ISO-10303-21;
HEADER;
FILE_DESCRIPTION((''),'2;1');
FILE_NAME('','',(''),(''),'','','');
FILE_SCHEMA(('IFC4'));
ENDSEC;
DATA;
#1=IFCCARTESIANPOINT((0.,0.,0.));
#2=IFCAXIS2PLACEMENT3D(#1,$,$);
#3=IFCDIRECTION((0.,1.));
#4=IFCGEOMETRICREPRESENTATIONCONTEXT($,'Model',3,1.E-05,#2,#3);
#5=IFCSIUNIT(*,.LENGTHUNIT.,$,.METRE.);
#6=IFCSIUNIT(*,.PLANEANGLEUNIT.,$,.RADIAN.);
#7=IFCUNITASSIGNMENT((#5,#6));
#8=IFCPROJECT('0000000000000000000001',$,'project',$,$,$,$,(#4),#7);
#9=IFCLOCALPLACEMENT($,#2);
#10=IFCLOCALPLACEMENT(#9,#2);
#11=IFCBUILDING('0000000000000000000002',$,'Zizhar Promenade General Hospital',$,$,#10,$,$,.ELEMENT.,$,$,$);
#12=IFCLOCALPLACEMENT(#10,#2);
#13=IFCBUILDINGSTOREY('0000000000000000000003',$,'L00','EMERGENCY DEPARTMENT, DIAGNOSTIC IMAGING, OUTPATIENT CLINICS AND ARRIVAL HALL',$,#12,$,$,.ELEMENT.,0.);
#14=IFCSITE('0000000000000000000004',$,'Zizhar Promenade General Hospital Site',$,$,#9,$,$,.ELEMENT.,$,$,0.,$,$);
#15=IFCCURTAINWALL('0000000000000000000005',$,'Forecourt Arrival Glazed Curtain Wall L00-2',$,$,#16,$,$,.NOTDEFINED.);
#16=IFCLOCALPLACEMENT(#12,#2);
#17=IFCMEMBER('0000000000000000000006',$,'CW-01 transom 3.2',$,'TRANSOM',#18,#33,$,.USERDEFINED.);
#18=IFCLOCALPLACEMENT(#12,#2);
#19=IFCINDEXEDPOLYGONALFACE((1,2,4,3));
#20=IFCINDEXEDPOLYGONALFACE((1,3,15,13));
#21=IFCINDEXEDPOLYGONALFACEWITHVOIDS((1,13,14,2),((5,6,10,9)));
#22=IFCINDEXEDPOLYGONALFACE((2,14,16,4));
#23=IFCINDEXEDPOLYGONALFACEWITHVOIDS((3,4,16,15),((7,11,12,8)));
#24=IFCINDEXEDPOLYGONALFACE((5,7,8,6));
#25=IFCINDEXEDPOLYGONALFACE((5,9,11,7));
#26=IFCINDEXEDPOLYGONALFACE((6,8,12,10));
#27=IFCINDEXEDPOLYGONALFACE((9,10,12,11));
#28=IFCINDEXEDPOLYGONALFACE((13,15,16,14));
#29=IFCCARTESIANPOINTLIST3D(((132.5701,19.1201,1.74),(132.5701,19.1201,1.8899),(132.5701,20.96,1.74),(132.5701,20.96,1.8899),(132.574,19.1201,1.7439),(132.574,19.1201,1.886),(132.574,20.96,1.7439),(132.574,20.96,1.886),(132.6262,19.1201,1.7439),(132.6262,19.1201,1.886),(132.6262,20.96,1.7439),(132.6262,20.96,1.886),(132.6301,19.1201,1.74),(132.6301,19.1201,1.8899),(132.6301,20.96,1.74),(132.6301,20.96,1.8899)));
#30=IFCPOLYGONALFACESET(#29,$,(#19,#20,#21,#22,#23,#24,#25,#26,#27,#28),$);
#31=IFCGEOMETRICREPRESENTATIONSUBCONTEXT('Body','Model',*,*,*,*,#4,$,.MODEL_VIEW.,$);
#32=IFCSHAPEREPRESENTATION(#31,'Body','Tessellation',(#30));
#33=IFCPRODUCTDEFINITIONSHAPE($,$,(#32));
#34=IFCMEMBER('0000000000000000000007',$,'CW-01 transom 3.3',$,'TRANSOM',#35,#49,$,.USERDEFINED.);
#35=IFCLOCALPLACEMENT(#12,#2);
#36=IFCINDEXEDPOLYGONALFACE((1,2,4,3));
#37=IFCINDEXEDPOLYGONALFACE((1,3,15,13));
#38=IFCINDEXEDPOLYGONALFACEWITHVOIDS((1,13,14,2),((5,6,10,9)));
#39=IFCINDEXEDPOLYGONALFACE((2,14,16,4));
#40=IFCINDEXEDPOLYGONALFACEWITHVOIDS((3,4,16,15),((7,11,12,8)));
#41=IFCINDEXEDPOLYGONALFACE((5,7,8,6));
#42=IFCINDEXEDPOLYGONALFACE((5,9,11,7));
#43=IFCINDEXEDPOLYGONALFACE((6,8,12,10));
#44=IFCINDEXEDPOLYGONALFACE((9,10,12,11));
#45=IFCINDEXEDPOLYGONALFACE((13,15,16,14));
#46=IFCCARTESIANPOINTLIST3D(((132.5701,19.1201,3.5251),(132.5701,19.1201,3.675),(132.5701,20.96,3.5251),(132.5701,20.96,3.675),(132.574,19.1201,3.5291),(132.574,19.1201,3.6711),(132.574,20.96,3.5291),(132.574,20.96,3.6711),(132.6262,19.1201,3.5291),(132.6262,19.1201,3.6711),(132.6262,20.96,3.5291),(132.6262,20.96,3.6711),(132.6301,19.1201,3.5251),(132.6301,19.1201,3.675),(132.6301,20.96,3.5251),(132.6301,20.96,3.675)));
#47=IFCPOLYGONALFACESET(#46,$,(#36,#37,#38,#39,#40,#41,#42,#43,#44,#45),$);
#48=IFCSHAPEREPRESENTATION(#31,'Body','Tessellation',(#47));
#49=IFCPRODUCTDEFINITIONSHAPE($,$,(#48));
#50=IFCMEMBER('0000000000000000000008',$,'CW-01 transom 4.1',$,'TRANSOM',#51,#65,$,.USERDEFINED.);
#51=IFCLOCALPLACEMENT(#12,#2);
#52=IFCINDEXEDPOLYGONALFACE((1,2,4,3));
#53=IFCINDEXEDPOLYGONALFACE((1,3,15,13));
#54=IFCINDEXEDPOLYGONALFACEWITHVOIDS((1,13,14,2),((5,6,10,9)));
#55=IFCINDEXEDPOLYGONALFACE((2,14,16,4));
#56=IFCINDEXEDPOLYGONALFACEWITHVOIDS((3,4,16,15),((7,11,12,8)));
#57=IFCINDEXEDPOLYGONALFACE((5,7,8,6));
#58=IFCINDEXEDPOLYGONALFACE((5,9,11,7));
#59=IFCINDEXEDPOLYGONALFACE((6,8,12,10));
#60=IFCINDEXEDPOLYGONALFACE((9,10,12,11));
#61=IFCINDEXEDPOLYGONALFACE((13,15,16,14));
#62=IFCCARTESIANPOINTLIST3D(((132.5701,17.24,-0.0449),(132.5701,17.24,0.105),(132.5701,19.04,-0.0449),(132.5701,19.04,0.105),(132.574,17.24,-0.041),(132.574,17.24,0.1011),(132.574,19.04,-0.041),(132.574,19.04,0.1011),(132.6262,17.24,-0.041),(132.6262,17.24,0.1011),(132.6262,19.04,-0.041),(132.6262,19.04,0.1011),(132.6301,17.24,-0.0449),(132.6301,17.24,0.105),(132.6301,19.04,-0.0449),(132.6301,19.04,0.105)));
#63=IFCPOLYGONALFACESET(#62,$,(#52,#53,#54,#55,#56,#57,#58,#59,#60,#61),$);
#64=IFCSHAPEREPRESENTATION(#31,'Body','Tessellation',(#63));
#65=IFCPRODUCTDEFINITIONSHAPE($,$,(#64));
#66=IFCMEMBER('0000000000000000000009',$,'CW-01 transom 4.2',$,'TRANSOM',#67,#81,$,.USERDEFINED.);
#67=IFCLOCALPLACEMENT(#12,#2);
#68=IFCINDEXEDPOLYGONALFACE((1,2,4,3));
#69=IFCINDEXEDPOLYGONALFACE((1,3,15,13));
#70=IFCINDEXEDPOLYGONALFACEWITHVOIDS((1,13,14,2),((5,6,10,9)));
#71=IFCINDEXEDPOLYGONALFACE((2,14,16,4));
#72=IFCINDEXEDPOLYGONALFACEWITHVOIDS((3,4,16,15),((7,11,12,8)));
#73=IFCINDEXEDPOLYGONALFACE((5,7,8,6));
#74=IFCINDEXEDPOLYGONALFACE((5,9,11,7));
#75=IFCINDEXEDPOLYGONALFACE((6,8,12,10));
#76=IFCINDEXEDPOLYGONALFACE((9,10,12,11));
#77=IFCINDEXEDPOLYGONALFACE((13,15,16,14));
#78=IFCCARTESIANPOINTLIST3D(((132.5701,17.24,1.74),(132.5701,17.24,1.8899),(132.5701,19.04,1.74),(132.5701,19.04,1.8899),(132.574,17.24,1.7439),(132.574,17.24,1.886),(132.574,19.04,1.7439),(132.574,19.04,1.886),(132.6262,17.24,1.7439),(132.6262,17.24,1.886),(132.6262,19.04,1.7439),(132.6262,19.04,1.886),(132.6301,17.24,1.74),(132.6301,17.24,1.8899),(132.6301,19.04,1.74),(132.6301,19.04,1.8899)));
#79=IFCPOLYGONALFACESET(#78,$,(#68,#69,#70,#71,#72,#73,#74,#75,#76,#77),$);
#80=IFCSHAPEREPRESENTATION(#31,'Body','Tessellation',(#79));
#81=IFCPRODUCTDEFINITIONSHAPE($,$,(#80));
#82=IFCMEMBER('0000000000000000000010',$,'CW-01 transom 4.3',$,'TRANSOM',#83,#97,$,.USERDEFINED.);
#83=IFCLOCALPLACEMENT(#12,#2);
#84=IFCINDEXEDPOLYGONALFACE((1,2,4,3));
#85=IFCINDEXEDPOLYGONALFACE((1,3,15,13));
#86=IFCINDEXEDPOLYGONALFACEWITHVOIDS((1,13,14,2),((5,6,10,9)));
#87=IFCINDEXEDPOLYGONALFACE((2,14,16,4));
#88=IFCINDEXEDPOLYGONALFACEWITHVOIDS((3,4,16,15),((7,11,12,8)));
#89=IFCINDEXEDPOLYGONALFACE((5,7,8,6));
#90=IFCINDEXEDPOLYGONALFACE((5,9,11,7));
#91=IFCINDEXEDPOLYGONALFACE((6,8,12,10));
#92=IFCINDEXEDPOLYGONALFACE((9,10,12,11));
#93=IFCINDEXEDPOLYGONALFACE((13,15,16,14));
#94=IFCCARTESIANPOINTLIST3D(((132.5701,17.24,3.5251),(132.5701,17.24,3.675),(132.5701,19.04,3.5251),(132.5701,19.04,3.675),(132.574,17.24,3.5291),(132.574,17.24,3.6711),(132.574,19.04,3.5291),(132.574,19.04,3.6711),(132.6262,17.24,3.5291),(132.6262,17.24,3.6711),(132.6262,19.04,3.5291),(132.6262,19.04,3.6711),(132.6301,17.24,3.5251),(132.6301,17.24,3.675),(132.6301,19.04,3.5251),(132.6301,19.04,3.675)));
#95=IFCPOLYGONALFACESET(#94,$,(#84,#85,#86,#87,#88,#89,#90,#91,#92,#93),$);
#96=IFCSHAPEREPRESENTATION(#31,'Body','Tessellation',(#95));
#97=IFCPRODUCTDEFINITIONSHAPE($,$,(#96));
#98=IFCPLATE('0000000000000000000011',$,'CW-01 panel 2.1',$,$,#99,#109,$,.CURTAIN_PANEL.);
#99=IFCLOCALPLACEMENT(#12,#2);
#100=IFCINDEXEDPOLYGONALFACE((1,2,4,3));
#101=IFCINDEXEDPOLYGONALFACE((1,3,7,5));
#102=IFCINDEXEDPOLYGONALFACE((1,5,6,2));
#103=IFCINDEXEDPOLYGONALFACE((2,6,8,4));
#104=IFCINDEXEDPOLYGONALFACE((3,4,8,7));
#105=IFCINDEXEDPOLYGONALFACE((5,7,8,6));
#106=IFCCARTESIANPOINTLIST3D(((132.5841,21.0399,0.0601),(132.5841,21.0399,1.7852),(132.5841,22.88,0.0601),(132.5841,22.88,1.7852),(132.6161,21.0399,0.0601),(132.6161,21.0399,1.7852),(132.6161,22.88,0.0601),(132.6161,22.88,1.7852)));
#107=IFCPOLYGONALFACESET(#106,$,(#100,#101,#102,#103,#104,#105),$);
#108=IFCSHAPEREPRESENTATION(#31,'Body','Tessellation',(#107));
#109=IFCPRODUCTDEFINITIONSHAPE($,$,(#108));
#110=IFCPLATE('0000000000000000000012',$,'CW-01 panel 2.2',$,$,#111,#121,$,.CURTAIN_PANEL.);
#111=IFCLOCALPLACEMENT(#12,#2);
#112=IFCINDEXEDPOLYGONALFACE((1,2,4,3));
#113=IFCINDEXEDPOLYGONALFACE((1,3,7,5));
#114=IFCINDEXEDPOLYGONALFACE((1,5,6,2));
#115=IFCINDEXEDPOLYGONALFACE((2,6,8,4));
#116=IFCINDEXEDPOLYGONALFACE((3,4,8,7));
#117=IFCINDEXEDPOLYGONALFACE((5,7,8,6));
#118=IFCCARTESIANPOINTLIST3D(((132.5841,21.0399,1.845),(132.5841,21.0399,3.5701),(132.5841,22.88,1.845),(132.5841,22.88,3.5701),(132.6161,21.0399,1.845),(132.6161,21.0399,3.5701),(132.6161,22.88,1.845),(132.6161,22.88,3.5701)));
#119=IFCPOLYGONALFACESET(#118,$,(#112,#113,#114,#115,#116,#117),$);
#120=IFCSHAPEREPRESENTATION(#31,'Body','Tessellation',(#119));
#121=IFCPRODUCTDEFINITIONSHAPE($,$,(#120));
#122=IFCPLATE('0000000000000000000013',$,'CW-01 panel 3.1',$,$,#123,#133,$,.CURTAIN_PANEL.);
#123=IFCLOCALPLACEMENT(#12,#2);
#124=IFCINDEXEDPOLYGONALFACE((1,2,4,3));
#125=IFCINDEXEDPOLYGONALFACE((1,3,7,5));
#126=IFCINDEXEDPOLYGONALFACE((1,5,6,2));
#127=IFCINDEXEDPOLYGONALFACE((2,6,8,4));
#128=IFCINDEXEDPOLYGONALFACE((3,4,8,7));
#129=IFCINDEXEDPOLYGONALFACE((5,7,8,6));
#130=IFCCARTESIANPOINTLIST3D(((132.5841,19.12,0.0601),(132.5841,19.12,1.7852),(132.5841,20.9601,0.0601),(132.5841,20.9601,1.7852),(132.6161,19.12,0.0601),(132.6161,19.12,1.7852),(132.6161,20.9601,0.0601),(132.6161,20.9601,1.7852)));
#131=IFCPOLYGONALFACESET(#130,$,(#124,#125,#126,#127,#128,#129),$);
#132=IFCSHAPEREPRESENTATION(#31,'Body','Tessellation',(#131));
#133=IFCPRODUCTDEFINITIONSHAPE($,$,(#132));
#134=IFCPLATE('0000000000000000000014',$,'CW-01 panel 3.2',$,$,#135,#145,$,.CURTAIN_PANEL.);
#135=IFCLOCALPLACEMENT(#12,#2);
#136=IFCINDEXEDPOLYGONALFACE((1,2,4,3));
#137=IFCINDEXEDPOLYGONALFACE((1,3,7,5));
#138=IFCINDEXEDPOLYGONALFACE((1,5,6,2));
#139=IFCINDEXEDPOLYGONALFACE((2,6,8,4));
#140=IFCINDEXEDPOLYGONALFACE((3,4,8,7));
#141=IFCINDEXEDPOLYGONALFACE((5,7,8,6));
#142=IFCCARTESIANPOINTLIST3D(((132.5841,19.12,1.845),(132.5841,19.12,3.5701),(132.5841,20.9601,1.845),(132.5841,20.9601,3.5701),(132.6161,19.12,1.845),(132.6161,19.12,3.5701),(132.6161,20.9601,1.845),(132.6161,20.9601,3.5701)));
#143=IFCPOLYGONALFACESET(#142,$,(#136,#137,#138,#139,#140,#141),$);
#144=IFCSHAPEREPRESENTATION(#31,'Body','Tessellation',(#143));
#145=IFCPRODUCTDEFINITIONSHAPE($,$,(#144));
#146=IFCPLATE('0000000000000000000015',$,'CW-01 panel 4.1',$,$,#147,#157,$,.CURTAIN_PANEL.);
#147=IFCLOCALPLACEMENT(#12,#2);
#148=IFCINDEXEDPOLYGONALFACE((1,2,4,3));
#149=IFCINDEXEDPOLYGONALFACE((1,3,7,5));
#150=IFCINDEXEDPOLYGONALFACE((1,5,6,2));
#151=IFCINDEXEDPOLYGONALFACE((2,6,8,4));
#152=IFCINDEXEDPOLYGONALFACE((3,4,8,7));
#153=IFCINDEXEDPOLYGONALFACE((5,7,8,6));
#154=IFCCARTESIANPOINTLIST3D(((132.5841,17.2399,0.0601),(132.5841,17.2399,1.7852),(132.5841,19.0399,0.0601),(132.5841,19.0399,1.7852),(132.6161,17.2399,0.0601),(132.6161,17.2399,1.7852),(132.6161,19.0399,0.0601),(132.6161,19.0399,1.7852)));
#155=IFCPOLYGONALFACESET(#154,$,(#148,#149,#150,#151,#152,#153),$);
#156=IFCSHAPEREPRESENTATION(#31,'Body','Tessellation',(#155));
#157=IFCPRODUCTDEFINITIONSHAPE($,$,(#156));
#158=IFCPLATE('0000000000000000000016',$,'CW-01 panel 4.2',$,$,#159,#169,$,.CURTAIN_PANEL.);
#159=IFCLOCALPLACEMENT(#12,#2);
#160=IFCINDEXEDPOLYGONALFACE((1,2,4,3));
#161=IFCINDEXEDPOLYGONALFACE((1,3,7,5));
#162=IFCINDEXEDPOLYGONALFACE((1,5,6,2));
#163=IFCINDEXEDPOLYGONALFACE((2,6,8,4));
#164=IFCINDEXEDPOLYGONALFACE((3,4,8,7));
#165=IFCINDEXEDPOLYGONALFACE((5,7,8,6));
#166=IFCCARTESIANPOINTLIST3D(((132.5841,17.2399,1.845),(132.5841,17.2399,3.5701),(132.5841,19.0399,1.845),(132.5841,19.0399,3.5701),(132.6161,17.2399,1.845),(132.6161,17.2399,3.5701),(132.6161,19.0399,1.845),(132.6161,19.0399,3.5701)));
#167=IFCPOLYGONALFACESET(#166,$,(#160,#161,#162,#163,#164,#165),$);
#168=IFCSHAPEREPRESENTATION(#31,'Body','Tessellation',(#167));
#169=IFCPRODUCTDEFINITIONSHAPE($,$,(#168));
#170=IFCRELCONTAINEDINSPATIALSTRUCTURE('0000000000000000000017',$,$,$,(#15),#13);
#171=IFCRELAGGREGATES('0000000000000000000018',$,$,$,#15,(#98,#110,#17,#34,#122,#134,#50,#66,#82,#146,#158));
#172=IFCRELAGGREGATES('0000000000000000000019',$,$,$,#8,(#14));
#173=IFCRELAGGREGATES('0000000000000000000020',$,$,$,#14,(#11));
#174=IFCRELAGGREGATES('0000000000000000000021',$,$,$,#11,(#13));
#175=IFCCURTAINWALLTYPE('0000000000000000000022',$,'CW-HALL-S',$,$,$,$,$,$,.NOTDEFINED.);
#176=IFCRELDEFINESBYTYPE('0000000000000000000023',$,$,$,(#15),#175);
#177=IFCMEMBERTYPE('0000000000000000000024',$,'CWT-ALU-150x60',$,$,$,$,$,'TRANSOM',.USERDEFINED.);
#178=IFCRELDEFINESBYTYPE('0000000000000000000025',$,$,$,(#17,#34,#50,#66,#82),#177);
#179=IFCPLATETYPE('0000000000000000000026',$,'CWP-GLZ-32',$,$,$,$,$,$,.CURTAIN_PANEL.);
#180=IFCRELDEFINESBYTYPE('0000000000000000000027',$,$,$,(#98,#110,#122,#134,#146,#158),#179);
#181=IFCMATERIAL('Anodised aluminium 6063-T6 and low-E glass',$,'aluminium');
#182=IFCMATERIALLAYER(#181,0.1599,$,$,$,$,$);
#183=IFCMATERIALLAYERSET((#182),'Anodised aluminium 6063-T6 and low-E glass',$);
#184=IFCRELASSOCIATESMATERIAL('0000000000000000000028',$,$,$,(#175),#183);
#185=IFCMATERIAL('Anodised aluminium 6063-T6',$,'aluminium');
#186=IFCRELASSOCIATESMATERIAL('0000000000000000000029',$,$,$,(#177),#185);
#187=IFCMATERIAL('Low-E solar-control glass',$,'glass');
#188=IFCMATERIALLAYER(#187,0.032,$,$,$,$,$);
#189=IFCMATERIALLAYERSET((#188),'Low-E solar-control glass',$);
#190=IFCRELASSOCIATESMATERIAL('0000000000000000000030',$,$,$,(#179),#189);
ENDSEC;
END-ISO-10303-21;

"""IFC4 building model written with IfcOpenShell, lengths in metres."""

from ifc_helpers import new_model, si_unit, direction, frame, origin, origin_2d, place, context, subcontext, project, spatial, rectangle, hollow_rectangle, extrude, material, layer, layer_set, material_profile, profile_set, type_object, element, aggregate, save


model = new_model("IFC4")

# Units and contexts
model_context = context("Model", 3, precision=1e-05, world=origin(), true_north=direction((0.0, 1.0)))
body_context = subcontext(model_context, "Body", "Model", "MODEL_VIEW")
ifc_project = project(units=[si_unit("LENGTHUNIT", "METRE"), si_unit("PLANEANGLEUNIT", "RADIAN")], contexts=[model_context])

# Site, building, storey
site_placement = place(None, origin())
site = spatial("IfcSite", under=ifc_project, at=site_placement, Name="Zizhar Promenade General Hospital Site", CompositionType="ELEMENT", RefElevation=0.0)
building_placement = place(site_placement, origin())
building = spatial("IfcBuilding", under=site, at=building_placement, Name="Zizhar Promenade General Hospital", CompositionType="ELEMENT")
storey_placement = place(building_placement, origin())
storey = spatial("IfcBuildingStorey", under=building, at=storey_placement, Name="L00", Description="EMERGENCY DEPARTMENT, DIAGNOSTIC IMAGING, OUTPATIENT CLINICS AND ARRIVAL HALL", CompositionType="ELEMENT", Elevation=0.0)

# Curtain wall, members, plates
ifc_material_1 = material(Name="Anodised aluminium 6063-T6 and low-E glass", Category="aluminium")
ifc_layer_1 = layer(ifc_material_1, 0.1599)
ifc_layer_set_1 = layer_set([ifc_layer_1], Name="Anodised aluminium 6063-T6 and low-E glass")
curtain_wall_type = type_object("IfcCurtainWallType", Name="CW-HALL-S", PredefinedType="NOTDEFINED", material=ifc_layer_set_1)
curtain_wall_placement = place(storey_placement, origin())
curtain_wall = element("IfcCurtainWall", 1, at=curtain_wall_placement, inside=storey, type_object=curtain_wall_type, Name="Forecourt Arrival Glazed Curtain Wall L00-2", PredefinedType="NOTDEFINED")
ifc_material_2 = material(Name="Anodised aluminium 6063-T6", Category="aluminium")
ifc_material_profile_1 = material_profile(ifc_material_2, hollow_rectangle(XDim=0.0601, YDim=0.1499, WallThickness=0.0039, at=origin_2d()))
ifc_profile_set_1 = profile_set([ifc_material_profile_1], Name="Anodised aluminium 6063-T6")
member_type_1 = type_object("IfcMemberType", Name="CWT-ALU-150x60", ElementType="TRANSOM", PredefinedType="USERDEFINED", material=ifc_profile_set_1)
member_1_placement = place(storey_placement, frame((132.6001, 20.96, 1.8149), z_axis=(0.0, -1.0, 0.0), x_axis=(1.0, 0.0, 0.0)))
member_1 = element("IfcMember", 2, at=member_1_placement, type_object=member_type_1, Name="CW-01 transom 3.2", ObjectType="TRANSOM", PredefinedType="USERDEFINED", context=body_context, shape_type="SweptSolid", body=[
    extrude(hollow_rectangle(XDim=0.0601, YDim=0.1499, WallThickness=0.0039, at=origin_2d()), origin(), (0.0, 0.0, 1.0), 1.8398),
])
member_2_placement = place(storey_placement, frame((132.6001, 20.96, 3.6001), z_axis=(0.0, -1.0, 0.0), x_axis=(1.0, 0.0, 0.0)))
member_2 = element("IfcMember", 3, at=member_2_placement, type_object=member_type_1, Name="CW-01 transom 3.3", ObjectType="TRANSOM", PredefinedType="USERDEFINED", context=body_context, shape_type="SweptSolid", body=[
    extrude(hollow_rectangle(XDim=0.0601, YDim=0.1499, WallThickness=0.0039, at=origin_2d()), origin(), (0.0, 0.0, 1.0), 1.8398),
])
member_3_placement = place(storey_placement, frame((132.6001, 19.04, 0.03), z_axis=(0.0, -1.0, 0.0), x_axis=(1.0, 0.0, 0.0)))
member_3 = element("IfcMember", 4, at=member_3_placement, type_object=member_type_1, Name="CW-01 transom 4.1", ObjectType="TRANSOM", PredefinedType="USERDEFINED", context=body_context, shape_type="SweptSolid", body=[
    extrude(hollow_rectangle(XDim=0.0601, YDim=0.1499, WallThickness=0.0039, at=origin_2d()), origin(), (0.0, 0.0, 1.0), 1.8),
])
member_4_placement = place(storey_placement, frame((132.6001, 19.04, 1.8149), z_axis=(0.0, -1.0, 0.0), x_axis=(1.0, 0.0, 0.0)))
member_4 = element("IfcMember", 5, at=member_4_placement, type_object=member_type_1, Name="CW-01 transom 4.2", ObjectType="TRANSOM", PredefinedType="USERDEFINED", context=body_context, shape_type="SweptSolid", body=[
    extrude(hollow_rectangle(XDim=0.0601, YDim=0.1499, WallThickness=0.0039, at=origin_2d()), origin(), (0.0, 0.0, 1.0), 1.8),
])
member_5_placement = place(storey_placement, frame((132.6001, 19.04, 3.6001), z_axis=(0.0, -1.0, 0.0), x_axis=(1.0, 0.0, 0.0)))
member_5 = element("IfcMember", 6, at=member_5_placement, type_object=member_type_1, Name="CW-01 transom 4.3", ObjectType="TRANSOM", PredefinedType="USERDEFINED", context=body_context, shape_type="SweptSolid", body=[
    extrude(hollow_rectangle(XDim=0.0601, YDim=0.1499, WallThickness=0.0039, at=origin_2d()), origin(), (0.0, 0.0, 1.0), 1.8),
])
ifc_material_3 = material(Name="Low-E solar-control glass", Category="glass")
ifc_layer_2 = layer(ifc_material_3, 0.032)
ifc_layer_set_2 = layer_set([ifc_layer_2], Name="Low-E solar-control glass")
plate_type = type_object("IfcPlateType", Name="CWP-GLZ-32", PredefinedType="CURTAIN_PANEL", material=ifc_layer_set_2)
plate_1_placement = place(storey_placement, frame((132.6001, 21.96, 0.0601), z_axis=(0.0, 0.0, 1.0), x_axis=(0.0, -1.0, 0.0)))
plate_1 = element("IfcPlate", 7, at=plate_1_placement, type_object=plate_type, Name="CW-01 panel 2.1", PredefinedType="CURTAIN_PANEL", context=body_context, shape_type="SweptSolid", body=[
    extrude(rectangle(XDim=1.8401, YDim=0.032, at=origin_2d()), origin(), (0.0, 0.0, 1.0), 1.7251),
])
plate_2_placement = place(storey_placement, frame((132.6001, 21.96, 1.845), z_axis=(0.0, 0.0, 1.0), x_axis=(0.0, -1.0, 0.0)))
plate_2 = element("IfcPlate", 8, at=plate_2_placement, type_object=plate_type, Name="CW-01 panel 2.2", PredefinedType="CURTAIN_PANEL", context=body_context, shape_type="SweptSolid", body=[
    extrude(rectangle(XDim=1.8401, YDim=0.032, at=origin_2d()), origin(), (0.0, 0.0, 1.0), 1.7251),
])
plate_3_placement = place(storey_placement, frame((132.6001, 20.04, 0.0601), z_axis=(0.0, 0.0, 1.0), x_axis=(0.0, -1.0, 0.0)))
plate_3 = element("IfcPlate", 9, at=plate_3_placement, type_object=plate_type, Name="CW-01 panel 3.1", PredefinedType="CURTAIN_PANEL", context=body_context, shape_type="SweptSolid", body=[
    extrude(rectangle(XDim=1.8401, YDim=0.032, at=origin_2d()), origin(), (0.0, 0.0, 1.0), 1.7251),
])
plate_4_placement = place(storey_placement, frame((132.6001, 20.04, 1.845), z_axis=(0.0, 0.0, 1.0), x_axis=(0.0, -1.0, 0.0)))
plate_4 = element("IfcPlate", 10, at=plate_4_placement, type_object=plate_type, Name="CW-01 panel 3.2", PredefinedType="CURTAIN_PANEL", context=body_context, shape_type="SweptSolid", body=[
    extrude(rectangle(XDim=1.8401, YDim=0.032, at=origin_2d()), origin(), (0.0, 0.0, 1.0), 1.7251),
])
plate_5_placement = place(storey_placement, frame((132.6001, 18.1399, 0.0601), z_axis=(0.0, 0.0, 1.0), x_axis=(0.0, -1.0, 0.0)))
plate_5 = element("IfcPlate", 11, at=plate_5_placement, type_object=plate_type, Name="CW-01 panel 4.1", PredefinedType="CURTAIN_PANEL", context=body_context, shape_type="SweptSolid", body=[
    extrude(rectangle(XDim=1.8, YDim=0.032, at=origin_2d()), origin(), (0.0, 0.0, 1.0), 1.7251),
])
plate_6_placement = place(storey_placement, frame((132.6001, 18.1399, 1.845), z_axis=(0.0, 0.0, 1.0), x_axis=(0.0, -1.0, 0.0)))
plate_6 = element("IfcPlate", 12, at=plate_6_placement, type_object=plate_type, Name="CW-01 panel 4.2", PredefinedType="CURTAIN_PANEL", context=body_context, shape_type="SweptSolid", body=[
    extrude(rectangle(XDim=1.8, YDim=0.032, at=origin_2d()), origin(), (0.0, 0.0, 1.0), 1.7251),
])
aggregate(curtain_wall, [plate_1, plate_2, member_1, member_2, plate_3, plate_4, member_3, member_4, member_5, plate_5, plate_6])

save(model, "model.ifc")
